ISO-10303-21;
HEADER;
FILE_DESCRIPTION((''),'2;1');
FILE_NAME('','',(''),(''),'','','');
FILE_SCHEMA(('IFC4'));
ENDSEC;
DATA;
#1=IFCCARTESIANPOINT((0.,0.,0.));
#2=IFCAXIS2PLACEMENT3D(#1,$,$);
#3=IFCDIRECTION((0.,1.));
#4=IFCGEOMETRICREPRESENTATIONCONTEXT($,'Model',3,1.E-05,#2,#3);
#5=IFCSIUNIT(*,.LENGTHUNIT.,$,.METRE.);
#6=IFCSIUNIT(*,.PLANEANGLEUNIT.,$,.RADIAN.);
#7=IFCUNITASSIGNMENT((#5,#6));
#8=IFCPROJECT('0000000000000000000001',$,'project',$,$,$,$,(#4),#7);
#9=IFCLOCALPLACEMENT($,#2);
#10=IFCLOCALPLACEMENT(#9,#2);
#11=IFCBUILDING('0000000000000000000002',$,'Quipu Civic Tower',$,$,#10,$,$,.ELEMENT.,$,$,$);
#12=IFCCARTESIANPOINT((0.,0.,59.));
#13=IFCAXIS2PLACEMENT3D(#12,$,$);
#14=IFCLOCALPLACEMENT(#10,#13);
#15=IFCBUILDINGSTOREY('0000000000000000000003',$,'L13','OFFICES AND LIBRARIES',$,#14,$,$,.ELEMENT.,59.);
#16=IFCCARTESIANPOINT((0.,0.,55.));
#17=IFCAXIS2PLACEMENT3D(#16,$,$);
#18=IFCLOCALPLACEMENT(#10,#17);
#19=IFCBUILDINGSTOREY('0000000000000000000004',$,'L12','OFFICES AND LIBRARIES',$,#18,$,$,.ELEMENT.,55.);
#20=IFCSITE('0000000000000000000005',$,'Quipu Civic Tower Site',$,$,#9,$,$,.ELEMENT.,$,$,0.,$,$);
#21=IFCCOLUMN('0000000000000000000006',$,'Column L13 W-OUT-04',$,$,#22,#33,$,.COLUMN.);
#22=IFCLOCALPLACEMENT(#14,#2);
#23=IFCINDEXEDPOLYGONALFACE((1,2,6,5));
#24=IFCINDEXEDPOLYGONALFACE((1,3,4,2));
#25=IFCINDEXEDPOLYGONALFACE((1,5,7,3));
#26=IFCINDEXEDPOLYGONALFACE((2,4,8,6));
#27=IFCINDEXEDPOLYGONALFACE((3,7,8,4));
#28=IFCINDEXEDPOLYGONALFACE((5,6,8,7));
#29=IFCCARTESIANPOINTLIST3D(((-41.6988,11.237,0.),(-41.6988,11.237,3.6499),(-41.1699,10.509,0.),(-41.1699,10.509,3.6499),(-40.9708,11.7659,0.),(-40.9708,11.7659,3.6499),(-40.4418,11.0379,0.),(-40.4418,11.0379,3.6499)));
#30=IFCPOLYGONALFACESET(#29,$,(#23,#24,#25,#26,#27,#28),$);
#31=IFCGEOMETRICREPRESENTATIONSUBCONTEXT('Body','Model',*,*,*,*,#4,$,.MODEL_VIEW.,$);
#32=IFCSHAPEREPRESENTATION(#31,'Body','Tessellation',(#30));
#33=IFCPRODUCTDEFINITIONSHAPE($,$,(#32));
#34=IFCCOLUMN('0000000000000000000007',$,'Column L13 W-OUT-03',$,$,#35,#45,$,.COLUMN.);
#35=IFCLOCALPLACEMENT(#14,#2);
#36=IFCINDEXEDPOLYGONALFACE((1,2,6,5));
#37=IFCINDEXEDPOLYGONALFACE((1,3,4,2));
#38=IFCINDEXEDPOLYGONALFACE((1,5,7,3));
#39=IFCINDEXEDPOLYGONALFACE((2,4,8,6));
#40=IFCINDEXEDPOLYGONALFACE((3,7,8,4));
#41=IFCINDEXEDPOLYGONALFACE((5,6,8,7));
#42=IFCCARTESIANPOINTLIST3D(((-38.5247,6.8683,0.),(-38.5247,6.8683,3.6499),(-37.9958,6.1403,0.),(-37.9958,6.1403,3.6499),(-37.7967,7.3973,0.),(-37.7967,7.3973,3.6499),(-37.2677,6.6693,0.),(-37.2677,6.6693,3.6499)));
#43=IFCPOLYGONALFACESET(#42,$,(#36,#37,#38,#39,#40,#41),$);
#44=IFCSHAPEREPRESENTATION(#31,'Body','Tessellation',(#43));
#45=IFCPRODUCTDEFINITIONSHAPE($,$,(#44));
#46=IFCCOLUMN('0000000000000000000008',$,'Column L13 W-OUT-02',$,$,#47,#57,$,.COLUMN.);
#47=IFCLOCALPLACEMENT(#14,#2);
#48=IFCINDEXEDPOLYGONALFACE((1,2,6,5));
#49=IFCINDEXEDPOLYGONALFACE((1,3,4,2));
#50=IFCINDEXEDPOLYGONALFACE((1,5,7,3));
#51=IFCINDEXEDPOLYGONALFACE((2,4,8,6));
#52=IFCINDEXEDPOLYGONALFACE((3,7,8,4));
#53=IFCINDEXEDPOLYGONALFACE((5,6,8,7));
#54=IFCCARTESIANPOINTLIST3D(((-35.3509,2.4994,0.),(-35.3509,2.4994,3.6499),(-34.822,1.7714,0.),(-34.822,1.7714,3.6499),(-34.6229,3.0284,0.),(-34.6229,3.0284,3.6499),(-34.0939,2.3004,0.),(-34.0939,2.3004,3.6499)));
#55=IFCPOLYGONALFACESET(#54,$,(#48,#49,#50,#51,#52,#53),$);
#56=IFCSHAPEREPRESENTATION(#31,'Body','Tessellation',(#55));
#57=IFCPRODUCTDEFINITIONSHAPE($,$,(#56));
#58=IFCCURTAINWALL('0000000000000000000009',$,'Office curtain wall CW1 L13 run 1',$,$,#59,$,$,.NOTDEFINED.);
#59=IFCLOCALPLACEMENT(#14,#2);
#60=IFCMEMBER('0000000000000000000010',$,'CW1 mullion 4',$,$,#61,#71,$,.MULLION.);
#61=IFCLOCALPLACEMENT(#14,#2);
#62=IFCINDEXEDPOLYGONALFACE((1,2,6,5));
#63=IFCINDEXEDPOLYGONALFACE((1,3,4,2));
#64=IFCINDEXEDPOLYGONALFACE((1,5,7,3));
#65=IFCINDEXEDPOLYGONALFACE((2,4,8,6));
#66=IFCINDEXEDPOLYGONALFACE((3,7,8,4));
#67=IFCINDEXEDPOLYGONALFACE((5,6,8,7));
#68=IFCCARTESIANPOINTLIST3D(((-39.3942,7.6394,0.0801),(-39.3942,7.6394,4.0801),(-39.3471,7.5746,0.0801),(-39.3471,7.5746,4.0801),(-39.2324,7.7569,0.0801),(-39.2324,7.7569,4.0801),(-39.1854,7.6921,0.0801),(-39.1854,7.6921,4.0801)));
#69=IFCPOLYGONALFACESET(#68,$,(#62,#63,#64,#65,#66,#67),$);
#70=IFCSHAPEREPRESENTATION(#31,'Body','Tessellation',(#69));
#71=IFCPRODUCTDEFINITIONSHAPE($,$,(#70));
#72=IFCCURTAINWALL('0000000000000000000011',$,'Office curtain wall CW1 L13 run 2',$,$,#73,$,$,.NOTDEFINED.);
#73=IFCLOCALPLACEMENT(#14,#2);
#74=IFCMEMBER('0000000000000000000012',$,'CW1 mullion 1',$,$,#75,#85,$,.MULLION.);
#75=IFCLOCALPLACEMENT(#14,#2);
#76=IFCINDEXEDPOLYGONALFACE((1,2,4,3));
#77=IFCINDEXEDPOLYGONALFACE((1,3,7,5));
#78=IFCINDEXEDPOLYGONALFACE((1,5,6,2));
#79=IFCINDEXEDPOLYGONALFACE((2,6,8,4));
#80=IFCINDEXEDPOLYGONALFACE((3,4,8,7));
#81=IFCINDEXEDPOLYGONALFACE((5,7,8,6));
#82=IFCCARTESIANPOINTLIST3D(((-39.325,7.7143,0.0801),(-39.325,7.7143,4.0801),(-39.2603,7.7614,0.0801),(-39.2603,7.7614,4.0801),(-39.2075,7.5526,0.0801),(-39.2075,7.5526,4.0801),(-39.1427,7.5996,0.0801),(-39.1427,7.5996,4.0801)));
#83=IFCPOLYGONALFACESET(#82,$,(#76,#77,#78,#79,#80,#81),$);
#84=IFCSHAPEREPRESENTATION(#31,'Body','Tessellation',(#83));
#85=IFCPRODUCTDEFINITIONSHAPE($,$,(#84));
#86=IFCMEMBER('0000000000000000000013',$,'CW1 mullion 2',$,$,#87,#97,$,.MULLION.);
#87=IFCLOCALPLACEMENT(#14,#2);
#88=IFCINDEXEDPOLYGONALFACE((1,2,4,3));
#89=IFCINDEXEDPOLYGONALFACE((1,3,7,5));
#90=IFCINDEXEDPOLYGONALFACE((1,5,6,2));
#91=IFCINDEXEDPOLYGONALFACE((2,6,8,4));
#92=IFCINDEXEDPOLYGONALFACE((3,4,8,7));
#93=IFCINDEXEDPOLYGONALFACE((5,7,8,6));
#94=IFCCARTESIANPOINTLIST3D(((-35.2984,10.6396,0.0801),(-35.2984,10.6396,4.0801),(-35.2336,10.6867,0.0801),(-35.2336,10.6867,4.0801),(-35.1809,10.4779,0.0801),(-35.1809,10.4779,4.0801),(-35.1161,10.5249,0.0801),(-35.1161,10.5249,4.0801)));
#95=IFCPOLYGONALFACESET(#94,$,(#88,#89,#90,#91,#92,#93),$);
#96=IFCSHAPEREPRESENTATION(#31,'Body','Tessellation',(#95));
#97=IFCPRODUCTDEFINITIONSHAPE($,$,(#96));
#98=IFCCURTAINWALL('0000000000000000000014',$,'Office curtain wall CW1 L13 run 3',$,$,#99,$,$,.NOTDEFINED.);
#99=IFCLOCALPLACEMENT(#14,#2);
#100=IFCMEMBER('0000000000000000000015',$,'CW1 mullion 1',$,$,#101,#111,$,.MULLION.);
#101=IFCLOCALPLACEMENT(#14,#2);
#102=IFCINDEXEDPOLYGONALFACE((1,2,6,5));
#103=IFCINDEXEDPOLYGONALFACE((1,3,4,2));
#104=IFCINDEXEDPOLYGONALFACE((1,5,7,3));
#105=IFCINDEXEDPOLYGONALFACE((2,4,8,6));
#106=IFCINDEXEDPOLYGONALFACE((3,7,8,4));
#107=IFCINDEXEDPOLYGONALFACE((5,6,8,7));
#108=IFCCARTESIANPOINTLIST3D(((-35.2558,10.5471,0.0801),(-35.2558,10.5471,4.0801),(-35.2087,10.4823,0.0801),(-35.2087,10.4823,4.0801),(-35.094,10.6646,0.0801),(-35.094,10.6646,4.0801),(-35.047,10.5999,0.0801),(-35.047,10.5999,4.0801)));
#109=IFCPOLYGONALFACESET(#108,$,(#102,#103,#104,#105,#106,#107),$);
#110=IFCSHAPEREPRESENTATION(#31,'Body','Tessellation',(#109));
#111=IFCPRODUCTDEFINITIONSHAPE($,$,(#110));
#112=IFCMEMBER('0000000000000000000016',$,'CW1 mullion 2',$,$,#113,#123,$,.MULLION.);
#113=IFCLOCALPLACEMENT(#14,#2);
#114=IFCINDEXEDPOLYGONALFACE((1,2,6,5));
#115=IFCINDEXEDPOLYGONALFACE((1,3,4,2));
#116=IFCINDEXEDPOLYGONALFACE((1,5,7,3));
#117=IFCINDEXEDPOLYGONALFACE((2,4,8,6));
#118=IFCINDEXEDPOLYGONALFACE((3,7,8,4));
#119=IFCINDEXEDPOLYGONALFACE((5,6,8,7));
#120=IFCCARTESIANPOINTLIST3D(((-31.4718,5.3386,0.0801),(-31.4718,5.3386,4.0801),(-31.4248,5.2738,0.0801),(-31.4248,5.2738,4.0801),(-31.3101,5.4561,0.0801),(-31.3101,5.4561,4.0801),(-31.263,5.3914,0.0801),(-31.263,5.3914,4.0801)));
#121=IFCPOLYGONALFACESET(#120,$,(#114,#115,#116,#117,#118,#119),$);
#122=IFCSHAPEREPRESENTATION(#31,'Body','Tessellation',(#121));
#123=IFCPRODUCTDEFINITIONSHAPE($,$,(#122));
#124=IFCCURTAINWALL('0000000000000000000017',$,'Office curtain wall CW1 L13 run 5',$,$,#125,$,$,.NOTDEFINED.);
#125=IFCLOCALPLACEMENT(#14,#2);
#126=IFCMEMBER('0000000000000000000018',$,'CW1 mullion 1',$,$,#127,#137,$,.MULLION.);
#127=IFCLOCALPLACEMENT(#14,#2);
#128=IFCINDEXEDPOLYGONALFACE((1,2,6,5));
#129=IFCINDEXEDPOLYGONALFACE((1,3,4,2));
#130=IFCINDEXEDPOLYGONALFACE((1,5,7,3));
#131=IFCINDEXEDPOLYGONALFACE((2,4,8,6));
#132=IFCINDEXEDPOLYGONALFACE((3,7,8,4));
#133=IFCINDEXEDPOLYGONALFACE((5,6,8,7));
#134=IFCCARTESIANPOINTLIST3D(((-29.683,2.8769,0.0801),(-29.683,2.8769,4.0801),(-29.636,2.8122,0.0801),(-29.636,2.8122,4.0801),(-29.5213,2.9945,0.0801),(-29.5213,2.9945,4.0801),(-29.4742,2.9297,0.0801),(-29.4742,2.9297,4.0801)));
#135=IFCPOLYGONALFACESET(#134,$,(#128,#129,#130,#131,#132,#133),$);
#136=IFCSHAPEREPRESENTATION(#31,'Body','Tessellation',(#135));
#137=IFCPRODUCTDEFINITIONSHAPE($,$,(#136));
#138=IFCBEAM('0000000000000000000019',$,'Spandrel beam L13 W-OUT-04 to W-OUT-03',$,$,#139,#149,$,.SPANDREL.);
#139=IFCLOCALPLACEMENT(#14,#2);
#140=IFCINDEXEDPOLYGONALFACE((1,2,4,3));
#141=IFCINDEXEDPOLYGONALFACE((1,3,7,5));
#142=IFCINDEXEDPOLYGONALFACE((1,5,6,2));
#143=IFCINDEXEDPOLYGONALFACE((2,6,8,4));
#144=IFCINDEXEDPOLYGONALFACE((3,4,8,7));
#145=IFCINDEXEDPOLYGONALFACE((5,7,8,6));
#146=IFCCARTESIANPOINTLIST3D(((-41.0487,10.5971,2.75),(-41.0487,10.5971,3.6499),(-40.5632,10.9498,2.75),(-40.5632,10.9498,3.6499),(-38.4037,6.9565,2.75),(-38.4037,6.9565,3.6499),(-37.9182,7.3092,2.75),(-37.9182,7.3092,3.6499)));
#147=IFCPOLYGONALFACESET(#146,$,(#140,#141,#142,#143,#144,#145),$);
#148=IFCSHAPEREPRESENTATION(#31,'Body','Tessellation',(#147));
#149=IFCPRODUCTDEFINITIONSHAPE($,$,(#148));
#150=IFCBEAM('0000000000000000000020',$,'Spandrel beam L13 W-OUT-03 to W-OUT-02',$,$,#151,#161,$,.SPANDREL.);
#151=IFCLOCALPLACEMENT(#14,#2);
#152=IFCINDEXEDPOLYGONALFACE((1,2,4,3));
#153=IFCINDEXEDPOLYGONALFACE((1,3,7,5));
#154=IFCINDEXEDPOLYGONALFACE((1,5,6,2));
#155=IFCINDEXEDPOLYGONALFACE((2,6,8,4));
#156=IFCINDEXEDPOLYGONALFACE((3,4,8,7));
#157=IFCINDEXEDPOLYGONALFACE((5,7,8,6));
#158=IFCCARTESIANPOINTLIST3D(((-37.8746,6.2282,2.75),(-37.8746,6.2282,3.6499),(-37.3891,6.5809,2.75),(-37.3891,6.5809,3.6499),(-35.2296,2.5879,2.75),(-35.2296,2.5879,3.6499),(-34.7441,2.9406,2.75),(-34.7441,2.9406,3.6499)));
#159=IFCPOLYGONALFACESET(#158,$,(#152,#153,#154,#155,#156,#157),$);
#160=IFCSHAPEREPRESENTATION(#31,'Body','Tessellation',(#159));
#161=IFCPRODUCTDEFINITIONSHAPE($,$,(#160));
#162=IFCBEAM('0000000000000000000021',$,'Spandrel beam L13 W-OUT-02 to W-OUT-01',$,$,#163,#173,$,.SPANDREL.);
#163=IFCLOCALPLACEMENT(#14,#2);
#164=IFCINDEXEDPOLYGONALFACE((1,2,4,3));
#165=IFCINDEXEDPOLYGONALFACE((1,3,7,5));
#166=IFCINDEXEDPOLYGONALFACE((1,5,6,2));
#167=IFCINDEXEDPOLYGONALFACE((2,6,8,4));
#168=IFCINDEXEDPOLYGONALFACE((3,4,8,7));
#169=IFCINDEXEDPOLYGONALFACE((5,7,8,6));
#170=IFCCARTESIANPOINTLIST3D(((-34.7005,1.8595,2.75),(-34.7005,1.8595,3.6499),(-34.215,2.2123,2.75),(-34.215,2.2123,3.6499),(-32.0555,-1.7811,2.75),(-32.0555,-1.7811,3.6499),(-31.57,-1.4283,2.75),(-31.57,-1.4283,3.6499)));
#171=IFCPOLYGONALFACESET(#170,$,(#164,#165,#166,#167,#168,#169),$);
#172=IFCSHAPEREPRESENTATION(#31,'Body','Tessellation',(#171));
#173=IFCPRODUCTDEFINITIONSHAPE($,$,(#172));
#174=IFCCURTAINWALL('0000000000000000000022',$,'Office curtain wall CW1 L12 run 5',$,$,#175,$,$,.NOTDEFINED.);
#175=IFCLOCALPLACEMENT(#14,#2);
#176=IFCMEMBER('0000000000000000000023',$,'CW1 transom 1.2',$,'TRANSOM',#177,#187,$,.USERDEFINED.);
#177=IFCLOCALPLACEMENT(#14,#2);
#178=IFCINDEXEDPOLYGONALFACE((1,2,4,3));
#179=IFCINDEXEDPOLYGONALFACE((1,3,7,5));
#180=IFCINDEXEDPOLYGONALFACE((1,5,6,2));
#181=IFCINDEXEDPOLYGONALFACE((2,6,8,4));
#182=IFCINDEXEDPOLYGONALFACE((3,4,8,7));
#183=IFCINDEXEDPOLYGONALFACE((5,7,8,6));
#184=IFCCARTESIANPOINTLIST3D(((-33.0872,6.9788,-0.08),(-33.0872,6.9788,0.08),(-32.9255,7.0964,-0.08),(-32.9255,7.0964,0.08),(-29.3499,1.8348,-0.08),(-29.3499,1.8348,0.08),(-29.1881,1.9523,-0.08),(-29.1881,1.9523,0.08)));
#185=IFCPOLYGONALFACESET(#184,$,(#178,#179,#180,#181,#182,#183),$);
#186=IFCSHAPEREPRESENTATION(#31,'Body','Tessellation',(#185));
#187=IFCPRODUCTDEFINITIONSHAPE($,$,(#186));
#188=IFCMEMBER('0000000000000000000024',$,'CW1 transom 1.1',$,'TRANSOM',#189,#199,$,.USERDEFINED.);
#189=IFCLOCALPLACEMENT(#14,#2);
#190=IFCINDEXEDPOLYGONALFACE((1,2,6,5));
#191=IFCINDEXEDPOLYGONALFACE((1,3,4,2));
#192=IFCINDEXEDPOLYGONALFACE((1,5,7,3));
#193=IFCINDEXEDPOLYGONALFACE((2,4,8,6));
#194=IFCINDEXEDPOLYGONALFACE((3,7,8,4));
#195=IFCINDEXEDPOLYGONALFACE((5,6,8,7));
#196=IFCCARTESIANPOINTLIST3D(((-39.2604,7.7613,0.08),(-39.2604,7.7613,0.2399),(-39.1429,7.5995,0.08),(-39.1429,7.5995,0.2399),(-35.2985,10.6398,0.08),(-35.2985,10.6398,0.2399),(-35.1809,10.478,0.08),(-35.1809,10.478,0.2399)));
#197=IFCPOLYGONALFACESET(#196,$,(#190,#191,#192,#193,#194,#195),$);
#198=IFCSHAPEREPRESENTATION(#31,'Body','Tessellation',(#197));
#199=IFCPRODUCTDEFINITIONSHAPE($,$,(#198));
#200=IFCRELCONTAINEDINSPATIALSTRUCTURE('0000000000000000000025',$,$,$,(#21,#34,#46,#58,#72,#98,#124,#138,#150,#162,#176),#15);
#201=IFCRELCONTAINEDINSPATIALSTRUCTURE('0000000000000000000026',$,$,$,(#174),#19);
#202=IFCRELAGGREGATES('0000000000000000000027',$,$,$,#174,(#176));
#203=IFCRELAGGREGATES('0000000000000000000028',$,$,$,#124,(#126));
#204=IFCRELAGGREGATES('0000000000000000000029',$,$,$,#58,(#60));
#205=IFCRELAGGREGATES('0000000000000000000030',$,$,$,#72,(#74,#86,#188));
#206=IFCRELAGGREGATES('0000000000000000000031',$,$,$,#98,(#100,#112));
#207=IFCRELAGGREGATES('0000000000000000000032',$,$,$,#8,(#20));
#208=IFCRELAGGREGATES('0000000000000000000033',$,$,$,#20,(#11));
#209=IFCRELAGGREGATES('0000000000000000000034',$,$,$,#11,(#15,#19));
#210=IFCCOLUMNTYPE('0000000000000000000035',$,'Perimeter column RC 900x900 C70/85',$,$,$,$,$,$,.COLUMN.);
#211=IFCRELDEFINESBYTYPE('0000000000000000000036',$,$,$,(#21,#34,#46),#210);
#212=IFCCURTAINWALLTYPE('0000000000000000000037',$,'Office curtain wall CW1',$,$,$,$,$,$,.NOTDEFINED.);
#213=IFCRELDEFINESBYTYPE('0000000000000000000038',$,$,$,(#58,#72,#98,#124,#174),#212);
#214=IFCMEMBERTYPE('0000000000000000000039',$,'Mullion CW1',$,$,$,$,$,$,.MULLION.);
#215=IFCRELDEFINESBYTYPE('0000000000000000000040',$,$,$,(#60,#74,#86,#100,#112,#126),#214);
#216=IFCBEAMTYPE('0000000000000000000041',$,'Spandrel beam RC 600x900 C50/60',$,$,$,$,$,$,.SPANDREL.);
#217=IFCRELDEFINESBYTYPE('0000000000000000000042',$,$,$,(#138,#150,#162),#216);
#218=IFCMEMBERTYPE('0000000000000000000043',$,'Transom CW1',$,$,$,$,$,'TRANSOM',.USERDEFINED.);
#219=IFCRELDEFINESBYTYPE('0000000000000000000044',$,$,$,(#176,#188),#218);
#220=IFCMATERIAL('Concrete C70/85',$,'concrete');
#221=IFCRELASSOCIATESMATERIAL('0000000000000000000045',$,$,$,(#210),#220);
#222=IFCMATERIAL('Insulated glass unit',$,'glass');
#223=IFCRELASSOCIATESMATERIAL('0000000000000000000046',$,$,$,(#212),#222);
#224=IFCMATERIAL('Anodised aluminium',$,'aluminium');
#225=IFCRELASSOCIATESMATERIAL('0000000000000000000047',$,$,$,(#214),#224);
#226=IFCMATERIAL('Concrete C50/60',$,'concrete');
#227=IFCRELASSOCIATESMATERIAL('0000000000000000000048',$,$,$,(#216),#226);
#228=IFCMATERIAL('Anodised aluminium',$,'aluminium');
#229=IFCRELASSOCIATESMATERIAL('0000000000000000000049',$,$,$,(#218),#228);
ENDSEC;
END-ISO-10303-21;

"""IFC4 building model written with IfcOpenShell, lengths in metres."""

from ifc_helpers import new_model, si_unit, direction, frame, origin, origin_2d, place, context, subcontext, project, spatial, rectangle, extrude, material, material_profile, profile_set, type_object, element, aggregate, save


model = new_model("IFC4")

# Units and contexts
model_context = context("Model", 3, precision=1e-05, world=origin(), true_north=direction((0.0, 1.0)))
body_context = subcontext(model_context, "Body", "Model", "MODEL_VIEW")
ifc_project = project(units=[si_unit("LENGTHUNIT", "METRE"), si_unit("PLANEANGLEUNIT", "RADIAN")], contexts=[model_context])

# Site, building, storey
site_placement = place(None, origin())
site = spatial("IfcSite", under=ifc_project, at=site_placement, Name="Quipu Civic Tower Site", CompositionType="ELEMENT", RefElevation=0.0)
building_placement = place(site_placement, origin())
building = spatial("IfcBuilding", under=site, at=building_placement, Name="Quipu Civic Tower", CompositionType="ELEMENT")
storey_1_placement = place(building_placement, frame((0.0, 0.0, 59.0)))
storey_1 = spatial("IfcBuildingStorey", under=building, at=storey_1_placement, Name="L13", Description="OFFICES AND LIBRARIES", CompositionType="ELEMENT", Elevation=59.0)

# Columns
ifc_material_1 = material(Name="Concrete C70/85", Category="concrete")
ifc_material_profile_1 = material_profile(ifc_material_1, rectangle(XDim=0.8999, YDim=0.8999, at=origin_2d()), Name="RC900x900")
ifc_profile_set_1 = profile_set([ifc_material_profile_1], Name="Concrete C70/85")
column_type = type_object("IfcColumnType", Name="Perimeter column RC 900x900 C70/85", PredefinedType="COLUMN", material=ifc_profile_set_1)
for number, where, z_axis, x_axis, name in (
    (1, (-41.0703, 11.1375, 0.0), (0.0, 0.0, 1.0), (0.587785, -0.809017, 0.0), "Column L13 W-OUT-04"),
    (2, (-37.8962, 6.7688, 0.0), (0.0, 0.0, 1.0), (0.587785, -0.809017, 0.0), "Column L13 W-OUT-03"),
    (3, (-34.7224, 2.3999, 0.0), (0.0, 0.0, 1.0), (0.587785, -0.809017, 0.0), "Column L13 W-OUT-02"),
):
    element("IfcColumn", number, at=place(storey_1_placement, frame(where, z_axis=z_axis, x_axis=x_axis)), inside=storey_1, type_object=column_type, Name=name, PredefinedType="COLUMN", context=body_context, shape_type="SweptSolid", body=[
        extrude(rectangle(XDim=0.8999, YDim=0.8999, at=origin_2d()), origin(), (0.0, 0.0, 1.0), 3.6499),
    ])

# Curtain wall, member
ifc_material_2 = material(Name="Insulated glass unit", Category="glass")
curtain_wall_type = type_object("IfcCurtainWallType", Name="Office curtain wall CW1", PredefinedType="NOTDEFINED", material=ifc_material_2)
curtain_wall_1_placement = place(storey_1_placement, origin())
curtain_wall_1 = element("IfcCurtainWall", 4, at=curtain_wall_1_placement, inside=storey_1, type_object=curtain_wall_type, Name="Office curtain wall CW1 L13 run 1", PredefinedType="NOTDEFINED")
ifc_material_3 = material(Name="Anodised aluminium", Category="aluminium")
ifc_material_profile_2 = material_profile(ifc_material_3, rectangle(XDim=0.2, YDim=0.0801, at=origin_2d()), Name="RECT 200x80")
ifc_profile_set_2 = profile_set([ifc_material_profile_2], Name="Anodised aluminium")
member_type_1 = type_object("IfcMemberType", Name="Mullion CW1", PredefinedType="MULLION", material=ifc_profile_set_2)
member_1_placement = place(storey_1_placement, frame((-39.2898, 7.6658, 0.0801), z_axis=(0.0, 0.0, 1.0), x_axis=(0.809015, 0.587787, 0.0)))
member_1 = element("IfcMember", 5, at=member_1_placement, type_object=member_type_1, Name="CW1 mullion 4", PredefinedType="MULLION", context=body_context, shape_type="SweptSolid", body=[
    extrude(rectangle(XDim=0.2, YDim=0.0801, at=origin_2d()), origin(), (0.0, 0.0, 1.0), 4.0),
])

# Curtain walls, members
curtain_wall_2_placement = place(storey_1_placement, origin())
curtain_wall_2 = element("IfcCurtainWall", 6, at=curtain_wall_2_placement, inside=storey_1, type_object=curtain_wall_type, Name="Office curtain wall CW1 L13 run 2", PredefinedType="NOTDEFINED")
member_2_placement = place(storey_1_placement, frame((-39.2339, 7.657, 0.0801), z_axis=(0.0, 0.0, 1.0), x_axis=(-0.587785, 0.809017, 0.0)))
member_2 = element("IfcMember", 7, at=member_2_placement, type_object=member_type_1, Name="CW1 mullion 1", PredefinedType="MULLION", context=body_context, shape_type="SweptSolid", body=[
    extrude(rectangle(XDim=0.2, YDim=0.0801, at=origin_2d()), origin(), (0.0, 0.0, 1.0), 4.0),
])
member_3_placement = place(storey_1_placement, frame((-35.2073, 10.5823, 0.0801), z_axis=(0.0, 0.0, 1.0), x_axis=(-0.587785, 0.809017, 0.0)))
member_3 = element("IfcMember", 8, at=member_3_placement, type_object=member_type_1, Name="CW1 mullion 2", PredefinedType="MULLION", context=body_context, shape_type="SweptSolid", body=[
    extrude(rectangle(XDim=0.2, YDim=0.0801, at=origin_2d()), origin(), (0.0, 0.0, 1.0), 4.0),
])
curtain_wall_3_placement = place(storey_1_placement, origin())
curtain_wall_3 = element("IfcCurtainWall", 9, at=curtain_wall_3_placement, inside=storey_1, type_object=curtain_wall_type, Name="Office curtain wall CW1 L13 run 3", PredefinedType="NOTDEFINED")
member_4_placement = place(storey_1_placement, frame((-35.1514, 10.5735, 0.0801), z_axis=(0.0, 0.0, 1.0), x_axis=(0.809017, 0.587785, 0.0)))
member_4 = element("IfcMember", 10, at=member_4_placement, type_object=member_type_1, Name="CW1 mullion 1", PredefinedType="MULLION", context=body_context, shape_type="SweptSolid", body=[
    extrude(rectangle(XDim=0.2, YDim=0.0801, at=origin_2d()), origin(), (0.0, 0.0, 1.0), 4.0),
])
member_5_placement = place(storey_1_placement, frame((-31.3674, 5.365, 0.0801), z_axis=(0.0, 0.0, 1.0), x_axis=(0.809017, 0.587785, 0.0)))
member_5 = element("IfcMember", 11, at=member_5_placement, type_object=member_type_1, Name="CW1 mullion 2", PredefinedType="MULLION", context=body_context, shape_type="SweptSolid", body=[
    extrude(rectangle(XDim=0.2, YDim=0.0801, at=origin_2d()), origin(), (0.0, 0.0, 1.0), 4.0),
])

# Curtain wall, member
curtain_wall_4_placement = place(storey_1_placement, origin())
curtain_wall_4 = element("IfcCurtainWall", 12, at=curtain_wall_4_placement, inside=storey_1, type_object=curtain_wall_type, Name="Office curtain wall CW1 L13 run 5", PredefinedType="NOTDEFINED")
member_6_placement = place(storey_1_placement, frame((-29.5786, 2.9033, 0.0801), z_axis=(0.0, 0.0, 1.0), x_axis=(0.809023, 0.587777, 0.0)))
member_6 = element("IfcMember", 13, at=member_6_placement, type_object=member_type_1, Name="CW1 mullion 1", PredefinedType="MULLION", context=body_context, shape_type="SweptSolid", body=[
    extrude(rectangle(XDim=0.2, YDim=0.0801, at=origin_2d()), origin(), (0.0, 0.0, 1.0), 4.0),
])

# Beams
ifc_material_4 = material(Name="Concrete C50/60", Category="concrete")
ifc_material_profile_3 = material_profile(ifc_material_4, rectangle(XDim=0.6001, YDim=0.8999, at=origin_2d()), Name="RC600x900")
ifc_profile_set_3 = profile_set([ifc_material_profile_3], Name="Concrete C50/60")
beam_type = type_object("IfcBeamType", Name="Spandrel beam RC 600x900 C50/60", PredefinedType="SPANDREL", material=ifc_profile_set_3)
beam_1_placement = place(storey_1_placement, frame((-40.8059, 10.7734, 3.2), z_axis=(0.587778, -0.809022, 0.0), x_axis=(0.809022, 0.587778, 0.0)))
element("IfcBeam", 14, at=beam_1_placement, inside=storey_1, type_object=beam_type, Name="Spandrel beam L13 W-OUT-04 to W-OUT-03", PredefinedType="SPANDREL", context=body_context, shape_type="SweptSolid", body=[
    extrude(rectangle(XDim=0.6001, YDim=0.8999, at=origin_2d()), origin(), (0.0, 0.0, 1.0), 4.5),
])
beam_2_placement = place(storey_1_placement, frame((-37.6318, 6.4045, 3.2), z_axis=(0.587804, -0.809003, 0.0), x_axis=(0.809003, 0.587804, 0.0)))
element("IfcBeam", 15, at=beam_2_placement, inside=storey_1, type_object=beam_type, Name="Spandrel beam L13 W-OUT-03 to W-OUT-02", PredefinedType="SPANDREL", context=body_context, shape_type="SweptSolid", body=[
    extrude(rectangle(XDim=0.6001, YDim=0.8999, at=origin_2d()), origin(), (0.0, 0.0, 1.0), 4.4998),
])
beam_3_placement = place(storey_1_placement, frame((-34.4578, 2.0359, 3.2), z_axis=(0.587778, -0.809022, 0.0), x_axis=(0.809022, 0.587778, 0.0)))
element("IfcBeam", 16, at=beam_3_placement, inside=storey_1, type_object=beam_type, Name="Spandrel beam L13 W-OUT-02 to W-OUT-01", PredefinedType="SPANDREL", context=body_context, shape_type="SweptSolid", body=[
    extrude(rectangle(XDim=0.6001, YDim=0.8999, at=origin_2d()), origin(), (0.0, 0.0, 1.0), 4.5),
])

# Shared definitions
storey_2_placement = place(building_placement, frame((0.0, 0.0, 55.0)))
storey_2 = spatial("IfcBuildingStorey", under=building, at=storey_2_placement, Name="L12", Description="OFFICES AND LIBRARIES", CompositionType="ELEMENT", Elevation=55.0)

# Curtain wall, member
curtain_wall_5_placement = place(storey_2_placement, origin())
curtain_wall_5 = element("IfcCurtainWall", 17, at=curtain_wall_5_placement, inside=storey_2, type_object=curtain_wall_type, Name="Office curtain wall CW1 L12 run 5", PredefinedType="NOTDEFINED")
ifc_material_5 = material(Name="Anodised aluminium", Category="aluminium")
ifc_material_profile_4 = material_profile(ifc_material_5, rectangle(XDim=0.2, YDim=0.1599, at=origin_2d()), Name="RECT 200x160")
ifc_profile_set_4 = profile_set([ifc_material_profile_4], Name="Anodised aluminium")
member_type_2 = type_object("IfcMemberType", Name="Transom CW1", ElementType="TRANSOM", PredefinedType="USERDEFINED", material=ifc_profile_set_4)
member_7_placement = place(storey_1_placement, frame((-33.0063, 7.0376, 0.0), z_axis=(0.587779, -0.809022, 0.0), x_axis=(0.809022, 0.587779, 0.0)))
member_7 = element("IfcMember", 18, at=member_7_placement, inside=storey_1, type_object=member_type_2, Name="CW1 transom 1.2", ObjectType="TRANSOM", PredefinedType="USERDEFINED", context=body_context, shape_type="SweptSolid", body=[
    extrude(rectangle(XDim=0.2, YDim=0.1599, at=origin_2d()), origin(), (0.0, 0.0, 1.0), 6.3584),
])
aggregate(curtain_wall_5, [member_7])

# Member
member_8_placement = place(storey_1_placement, frame((-39.2017, 7.6804, 0.1599), z_axis=(0.809025, 0.587774, 0.0), x_axis=(-0.587774, 0.809025, 0.0)))
member_8 = element("IfcMember", 19, at=member_8_placement, type_object=member_type_2, Name="CW1 transom 1.1", ObjectType="TRANSOM", PredefinedType="USERDEFINED", context=body_context, shape_type="SweptSolid", body=[
    extrude(rectangle(XDim=0.2, YDim=0.1599, at=origin_2d()), origin(), (0.0, 0.0, 1.0), 4.8972),
])
aggregate(curtain_wall_4, [member_6])

aggregate(curtain_wall_1, [member_1])
aggregate(curtain_wall_2, [member_2, member_3, member_8])
aggregate(curtain_wall_3, [member_4, member_5])

save(model, "model.ifc")
